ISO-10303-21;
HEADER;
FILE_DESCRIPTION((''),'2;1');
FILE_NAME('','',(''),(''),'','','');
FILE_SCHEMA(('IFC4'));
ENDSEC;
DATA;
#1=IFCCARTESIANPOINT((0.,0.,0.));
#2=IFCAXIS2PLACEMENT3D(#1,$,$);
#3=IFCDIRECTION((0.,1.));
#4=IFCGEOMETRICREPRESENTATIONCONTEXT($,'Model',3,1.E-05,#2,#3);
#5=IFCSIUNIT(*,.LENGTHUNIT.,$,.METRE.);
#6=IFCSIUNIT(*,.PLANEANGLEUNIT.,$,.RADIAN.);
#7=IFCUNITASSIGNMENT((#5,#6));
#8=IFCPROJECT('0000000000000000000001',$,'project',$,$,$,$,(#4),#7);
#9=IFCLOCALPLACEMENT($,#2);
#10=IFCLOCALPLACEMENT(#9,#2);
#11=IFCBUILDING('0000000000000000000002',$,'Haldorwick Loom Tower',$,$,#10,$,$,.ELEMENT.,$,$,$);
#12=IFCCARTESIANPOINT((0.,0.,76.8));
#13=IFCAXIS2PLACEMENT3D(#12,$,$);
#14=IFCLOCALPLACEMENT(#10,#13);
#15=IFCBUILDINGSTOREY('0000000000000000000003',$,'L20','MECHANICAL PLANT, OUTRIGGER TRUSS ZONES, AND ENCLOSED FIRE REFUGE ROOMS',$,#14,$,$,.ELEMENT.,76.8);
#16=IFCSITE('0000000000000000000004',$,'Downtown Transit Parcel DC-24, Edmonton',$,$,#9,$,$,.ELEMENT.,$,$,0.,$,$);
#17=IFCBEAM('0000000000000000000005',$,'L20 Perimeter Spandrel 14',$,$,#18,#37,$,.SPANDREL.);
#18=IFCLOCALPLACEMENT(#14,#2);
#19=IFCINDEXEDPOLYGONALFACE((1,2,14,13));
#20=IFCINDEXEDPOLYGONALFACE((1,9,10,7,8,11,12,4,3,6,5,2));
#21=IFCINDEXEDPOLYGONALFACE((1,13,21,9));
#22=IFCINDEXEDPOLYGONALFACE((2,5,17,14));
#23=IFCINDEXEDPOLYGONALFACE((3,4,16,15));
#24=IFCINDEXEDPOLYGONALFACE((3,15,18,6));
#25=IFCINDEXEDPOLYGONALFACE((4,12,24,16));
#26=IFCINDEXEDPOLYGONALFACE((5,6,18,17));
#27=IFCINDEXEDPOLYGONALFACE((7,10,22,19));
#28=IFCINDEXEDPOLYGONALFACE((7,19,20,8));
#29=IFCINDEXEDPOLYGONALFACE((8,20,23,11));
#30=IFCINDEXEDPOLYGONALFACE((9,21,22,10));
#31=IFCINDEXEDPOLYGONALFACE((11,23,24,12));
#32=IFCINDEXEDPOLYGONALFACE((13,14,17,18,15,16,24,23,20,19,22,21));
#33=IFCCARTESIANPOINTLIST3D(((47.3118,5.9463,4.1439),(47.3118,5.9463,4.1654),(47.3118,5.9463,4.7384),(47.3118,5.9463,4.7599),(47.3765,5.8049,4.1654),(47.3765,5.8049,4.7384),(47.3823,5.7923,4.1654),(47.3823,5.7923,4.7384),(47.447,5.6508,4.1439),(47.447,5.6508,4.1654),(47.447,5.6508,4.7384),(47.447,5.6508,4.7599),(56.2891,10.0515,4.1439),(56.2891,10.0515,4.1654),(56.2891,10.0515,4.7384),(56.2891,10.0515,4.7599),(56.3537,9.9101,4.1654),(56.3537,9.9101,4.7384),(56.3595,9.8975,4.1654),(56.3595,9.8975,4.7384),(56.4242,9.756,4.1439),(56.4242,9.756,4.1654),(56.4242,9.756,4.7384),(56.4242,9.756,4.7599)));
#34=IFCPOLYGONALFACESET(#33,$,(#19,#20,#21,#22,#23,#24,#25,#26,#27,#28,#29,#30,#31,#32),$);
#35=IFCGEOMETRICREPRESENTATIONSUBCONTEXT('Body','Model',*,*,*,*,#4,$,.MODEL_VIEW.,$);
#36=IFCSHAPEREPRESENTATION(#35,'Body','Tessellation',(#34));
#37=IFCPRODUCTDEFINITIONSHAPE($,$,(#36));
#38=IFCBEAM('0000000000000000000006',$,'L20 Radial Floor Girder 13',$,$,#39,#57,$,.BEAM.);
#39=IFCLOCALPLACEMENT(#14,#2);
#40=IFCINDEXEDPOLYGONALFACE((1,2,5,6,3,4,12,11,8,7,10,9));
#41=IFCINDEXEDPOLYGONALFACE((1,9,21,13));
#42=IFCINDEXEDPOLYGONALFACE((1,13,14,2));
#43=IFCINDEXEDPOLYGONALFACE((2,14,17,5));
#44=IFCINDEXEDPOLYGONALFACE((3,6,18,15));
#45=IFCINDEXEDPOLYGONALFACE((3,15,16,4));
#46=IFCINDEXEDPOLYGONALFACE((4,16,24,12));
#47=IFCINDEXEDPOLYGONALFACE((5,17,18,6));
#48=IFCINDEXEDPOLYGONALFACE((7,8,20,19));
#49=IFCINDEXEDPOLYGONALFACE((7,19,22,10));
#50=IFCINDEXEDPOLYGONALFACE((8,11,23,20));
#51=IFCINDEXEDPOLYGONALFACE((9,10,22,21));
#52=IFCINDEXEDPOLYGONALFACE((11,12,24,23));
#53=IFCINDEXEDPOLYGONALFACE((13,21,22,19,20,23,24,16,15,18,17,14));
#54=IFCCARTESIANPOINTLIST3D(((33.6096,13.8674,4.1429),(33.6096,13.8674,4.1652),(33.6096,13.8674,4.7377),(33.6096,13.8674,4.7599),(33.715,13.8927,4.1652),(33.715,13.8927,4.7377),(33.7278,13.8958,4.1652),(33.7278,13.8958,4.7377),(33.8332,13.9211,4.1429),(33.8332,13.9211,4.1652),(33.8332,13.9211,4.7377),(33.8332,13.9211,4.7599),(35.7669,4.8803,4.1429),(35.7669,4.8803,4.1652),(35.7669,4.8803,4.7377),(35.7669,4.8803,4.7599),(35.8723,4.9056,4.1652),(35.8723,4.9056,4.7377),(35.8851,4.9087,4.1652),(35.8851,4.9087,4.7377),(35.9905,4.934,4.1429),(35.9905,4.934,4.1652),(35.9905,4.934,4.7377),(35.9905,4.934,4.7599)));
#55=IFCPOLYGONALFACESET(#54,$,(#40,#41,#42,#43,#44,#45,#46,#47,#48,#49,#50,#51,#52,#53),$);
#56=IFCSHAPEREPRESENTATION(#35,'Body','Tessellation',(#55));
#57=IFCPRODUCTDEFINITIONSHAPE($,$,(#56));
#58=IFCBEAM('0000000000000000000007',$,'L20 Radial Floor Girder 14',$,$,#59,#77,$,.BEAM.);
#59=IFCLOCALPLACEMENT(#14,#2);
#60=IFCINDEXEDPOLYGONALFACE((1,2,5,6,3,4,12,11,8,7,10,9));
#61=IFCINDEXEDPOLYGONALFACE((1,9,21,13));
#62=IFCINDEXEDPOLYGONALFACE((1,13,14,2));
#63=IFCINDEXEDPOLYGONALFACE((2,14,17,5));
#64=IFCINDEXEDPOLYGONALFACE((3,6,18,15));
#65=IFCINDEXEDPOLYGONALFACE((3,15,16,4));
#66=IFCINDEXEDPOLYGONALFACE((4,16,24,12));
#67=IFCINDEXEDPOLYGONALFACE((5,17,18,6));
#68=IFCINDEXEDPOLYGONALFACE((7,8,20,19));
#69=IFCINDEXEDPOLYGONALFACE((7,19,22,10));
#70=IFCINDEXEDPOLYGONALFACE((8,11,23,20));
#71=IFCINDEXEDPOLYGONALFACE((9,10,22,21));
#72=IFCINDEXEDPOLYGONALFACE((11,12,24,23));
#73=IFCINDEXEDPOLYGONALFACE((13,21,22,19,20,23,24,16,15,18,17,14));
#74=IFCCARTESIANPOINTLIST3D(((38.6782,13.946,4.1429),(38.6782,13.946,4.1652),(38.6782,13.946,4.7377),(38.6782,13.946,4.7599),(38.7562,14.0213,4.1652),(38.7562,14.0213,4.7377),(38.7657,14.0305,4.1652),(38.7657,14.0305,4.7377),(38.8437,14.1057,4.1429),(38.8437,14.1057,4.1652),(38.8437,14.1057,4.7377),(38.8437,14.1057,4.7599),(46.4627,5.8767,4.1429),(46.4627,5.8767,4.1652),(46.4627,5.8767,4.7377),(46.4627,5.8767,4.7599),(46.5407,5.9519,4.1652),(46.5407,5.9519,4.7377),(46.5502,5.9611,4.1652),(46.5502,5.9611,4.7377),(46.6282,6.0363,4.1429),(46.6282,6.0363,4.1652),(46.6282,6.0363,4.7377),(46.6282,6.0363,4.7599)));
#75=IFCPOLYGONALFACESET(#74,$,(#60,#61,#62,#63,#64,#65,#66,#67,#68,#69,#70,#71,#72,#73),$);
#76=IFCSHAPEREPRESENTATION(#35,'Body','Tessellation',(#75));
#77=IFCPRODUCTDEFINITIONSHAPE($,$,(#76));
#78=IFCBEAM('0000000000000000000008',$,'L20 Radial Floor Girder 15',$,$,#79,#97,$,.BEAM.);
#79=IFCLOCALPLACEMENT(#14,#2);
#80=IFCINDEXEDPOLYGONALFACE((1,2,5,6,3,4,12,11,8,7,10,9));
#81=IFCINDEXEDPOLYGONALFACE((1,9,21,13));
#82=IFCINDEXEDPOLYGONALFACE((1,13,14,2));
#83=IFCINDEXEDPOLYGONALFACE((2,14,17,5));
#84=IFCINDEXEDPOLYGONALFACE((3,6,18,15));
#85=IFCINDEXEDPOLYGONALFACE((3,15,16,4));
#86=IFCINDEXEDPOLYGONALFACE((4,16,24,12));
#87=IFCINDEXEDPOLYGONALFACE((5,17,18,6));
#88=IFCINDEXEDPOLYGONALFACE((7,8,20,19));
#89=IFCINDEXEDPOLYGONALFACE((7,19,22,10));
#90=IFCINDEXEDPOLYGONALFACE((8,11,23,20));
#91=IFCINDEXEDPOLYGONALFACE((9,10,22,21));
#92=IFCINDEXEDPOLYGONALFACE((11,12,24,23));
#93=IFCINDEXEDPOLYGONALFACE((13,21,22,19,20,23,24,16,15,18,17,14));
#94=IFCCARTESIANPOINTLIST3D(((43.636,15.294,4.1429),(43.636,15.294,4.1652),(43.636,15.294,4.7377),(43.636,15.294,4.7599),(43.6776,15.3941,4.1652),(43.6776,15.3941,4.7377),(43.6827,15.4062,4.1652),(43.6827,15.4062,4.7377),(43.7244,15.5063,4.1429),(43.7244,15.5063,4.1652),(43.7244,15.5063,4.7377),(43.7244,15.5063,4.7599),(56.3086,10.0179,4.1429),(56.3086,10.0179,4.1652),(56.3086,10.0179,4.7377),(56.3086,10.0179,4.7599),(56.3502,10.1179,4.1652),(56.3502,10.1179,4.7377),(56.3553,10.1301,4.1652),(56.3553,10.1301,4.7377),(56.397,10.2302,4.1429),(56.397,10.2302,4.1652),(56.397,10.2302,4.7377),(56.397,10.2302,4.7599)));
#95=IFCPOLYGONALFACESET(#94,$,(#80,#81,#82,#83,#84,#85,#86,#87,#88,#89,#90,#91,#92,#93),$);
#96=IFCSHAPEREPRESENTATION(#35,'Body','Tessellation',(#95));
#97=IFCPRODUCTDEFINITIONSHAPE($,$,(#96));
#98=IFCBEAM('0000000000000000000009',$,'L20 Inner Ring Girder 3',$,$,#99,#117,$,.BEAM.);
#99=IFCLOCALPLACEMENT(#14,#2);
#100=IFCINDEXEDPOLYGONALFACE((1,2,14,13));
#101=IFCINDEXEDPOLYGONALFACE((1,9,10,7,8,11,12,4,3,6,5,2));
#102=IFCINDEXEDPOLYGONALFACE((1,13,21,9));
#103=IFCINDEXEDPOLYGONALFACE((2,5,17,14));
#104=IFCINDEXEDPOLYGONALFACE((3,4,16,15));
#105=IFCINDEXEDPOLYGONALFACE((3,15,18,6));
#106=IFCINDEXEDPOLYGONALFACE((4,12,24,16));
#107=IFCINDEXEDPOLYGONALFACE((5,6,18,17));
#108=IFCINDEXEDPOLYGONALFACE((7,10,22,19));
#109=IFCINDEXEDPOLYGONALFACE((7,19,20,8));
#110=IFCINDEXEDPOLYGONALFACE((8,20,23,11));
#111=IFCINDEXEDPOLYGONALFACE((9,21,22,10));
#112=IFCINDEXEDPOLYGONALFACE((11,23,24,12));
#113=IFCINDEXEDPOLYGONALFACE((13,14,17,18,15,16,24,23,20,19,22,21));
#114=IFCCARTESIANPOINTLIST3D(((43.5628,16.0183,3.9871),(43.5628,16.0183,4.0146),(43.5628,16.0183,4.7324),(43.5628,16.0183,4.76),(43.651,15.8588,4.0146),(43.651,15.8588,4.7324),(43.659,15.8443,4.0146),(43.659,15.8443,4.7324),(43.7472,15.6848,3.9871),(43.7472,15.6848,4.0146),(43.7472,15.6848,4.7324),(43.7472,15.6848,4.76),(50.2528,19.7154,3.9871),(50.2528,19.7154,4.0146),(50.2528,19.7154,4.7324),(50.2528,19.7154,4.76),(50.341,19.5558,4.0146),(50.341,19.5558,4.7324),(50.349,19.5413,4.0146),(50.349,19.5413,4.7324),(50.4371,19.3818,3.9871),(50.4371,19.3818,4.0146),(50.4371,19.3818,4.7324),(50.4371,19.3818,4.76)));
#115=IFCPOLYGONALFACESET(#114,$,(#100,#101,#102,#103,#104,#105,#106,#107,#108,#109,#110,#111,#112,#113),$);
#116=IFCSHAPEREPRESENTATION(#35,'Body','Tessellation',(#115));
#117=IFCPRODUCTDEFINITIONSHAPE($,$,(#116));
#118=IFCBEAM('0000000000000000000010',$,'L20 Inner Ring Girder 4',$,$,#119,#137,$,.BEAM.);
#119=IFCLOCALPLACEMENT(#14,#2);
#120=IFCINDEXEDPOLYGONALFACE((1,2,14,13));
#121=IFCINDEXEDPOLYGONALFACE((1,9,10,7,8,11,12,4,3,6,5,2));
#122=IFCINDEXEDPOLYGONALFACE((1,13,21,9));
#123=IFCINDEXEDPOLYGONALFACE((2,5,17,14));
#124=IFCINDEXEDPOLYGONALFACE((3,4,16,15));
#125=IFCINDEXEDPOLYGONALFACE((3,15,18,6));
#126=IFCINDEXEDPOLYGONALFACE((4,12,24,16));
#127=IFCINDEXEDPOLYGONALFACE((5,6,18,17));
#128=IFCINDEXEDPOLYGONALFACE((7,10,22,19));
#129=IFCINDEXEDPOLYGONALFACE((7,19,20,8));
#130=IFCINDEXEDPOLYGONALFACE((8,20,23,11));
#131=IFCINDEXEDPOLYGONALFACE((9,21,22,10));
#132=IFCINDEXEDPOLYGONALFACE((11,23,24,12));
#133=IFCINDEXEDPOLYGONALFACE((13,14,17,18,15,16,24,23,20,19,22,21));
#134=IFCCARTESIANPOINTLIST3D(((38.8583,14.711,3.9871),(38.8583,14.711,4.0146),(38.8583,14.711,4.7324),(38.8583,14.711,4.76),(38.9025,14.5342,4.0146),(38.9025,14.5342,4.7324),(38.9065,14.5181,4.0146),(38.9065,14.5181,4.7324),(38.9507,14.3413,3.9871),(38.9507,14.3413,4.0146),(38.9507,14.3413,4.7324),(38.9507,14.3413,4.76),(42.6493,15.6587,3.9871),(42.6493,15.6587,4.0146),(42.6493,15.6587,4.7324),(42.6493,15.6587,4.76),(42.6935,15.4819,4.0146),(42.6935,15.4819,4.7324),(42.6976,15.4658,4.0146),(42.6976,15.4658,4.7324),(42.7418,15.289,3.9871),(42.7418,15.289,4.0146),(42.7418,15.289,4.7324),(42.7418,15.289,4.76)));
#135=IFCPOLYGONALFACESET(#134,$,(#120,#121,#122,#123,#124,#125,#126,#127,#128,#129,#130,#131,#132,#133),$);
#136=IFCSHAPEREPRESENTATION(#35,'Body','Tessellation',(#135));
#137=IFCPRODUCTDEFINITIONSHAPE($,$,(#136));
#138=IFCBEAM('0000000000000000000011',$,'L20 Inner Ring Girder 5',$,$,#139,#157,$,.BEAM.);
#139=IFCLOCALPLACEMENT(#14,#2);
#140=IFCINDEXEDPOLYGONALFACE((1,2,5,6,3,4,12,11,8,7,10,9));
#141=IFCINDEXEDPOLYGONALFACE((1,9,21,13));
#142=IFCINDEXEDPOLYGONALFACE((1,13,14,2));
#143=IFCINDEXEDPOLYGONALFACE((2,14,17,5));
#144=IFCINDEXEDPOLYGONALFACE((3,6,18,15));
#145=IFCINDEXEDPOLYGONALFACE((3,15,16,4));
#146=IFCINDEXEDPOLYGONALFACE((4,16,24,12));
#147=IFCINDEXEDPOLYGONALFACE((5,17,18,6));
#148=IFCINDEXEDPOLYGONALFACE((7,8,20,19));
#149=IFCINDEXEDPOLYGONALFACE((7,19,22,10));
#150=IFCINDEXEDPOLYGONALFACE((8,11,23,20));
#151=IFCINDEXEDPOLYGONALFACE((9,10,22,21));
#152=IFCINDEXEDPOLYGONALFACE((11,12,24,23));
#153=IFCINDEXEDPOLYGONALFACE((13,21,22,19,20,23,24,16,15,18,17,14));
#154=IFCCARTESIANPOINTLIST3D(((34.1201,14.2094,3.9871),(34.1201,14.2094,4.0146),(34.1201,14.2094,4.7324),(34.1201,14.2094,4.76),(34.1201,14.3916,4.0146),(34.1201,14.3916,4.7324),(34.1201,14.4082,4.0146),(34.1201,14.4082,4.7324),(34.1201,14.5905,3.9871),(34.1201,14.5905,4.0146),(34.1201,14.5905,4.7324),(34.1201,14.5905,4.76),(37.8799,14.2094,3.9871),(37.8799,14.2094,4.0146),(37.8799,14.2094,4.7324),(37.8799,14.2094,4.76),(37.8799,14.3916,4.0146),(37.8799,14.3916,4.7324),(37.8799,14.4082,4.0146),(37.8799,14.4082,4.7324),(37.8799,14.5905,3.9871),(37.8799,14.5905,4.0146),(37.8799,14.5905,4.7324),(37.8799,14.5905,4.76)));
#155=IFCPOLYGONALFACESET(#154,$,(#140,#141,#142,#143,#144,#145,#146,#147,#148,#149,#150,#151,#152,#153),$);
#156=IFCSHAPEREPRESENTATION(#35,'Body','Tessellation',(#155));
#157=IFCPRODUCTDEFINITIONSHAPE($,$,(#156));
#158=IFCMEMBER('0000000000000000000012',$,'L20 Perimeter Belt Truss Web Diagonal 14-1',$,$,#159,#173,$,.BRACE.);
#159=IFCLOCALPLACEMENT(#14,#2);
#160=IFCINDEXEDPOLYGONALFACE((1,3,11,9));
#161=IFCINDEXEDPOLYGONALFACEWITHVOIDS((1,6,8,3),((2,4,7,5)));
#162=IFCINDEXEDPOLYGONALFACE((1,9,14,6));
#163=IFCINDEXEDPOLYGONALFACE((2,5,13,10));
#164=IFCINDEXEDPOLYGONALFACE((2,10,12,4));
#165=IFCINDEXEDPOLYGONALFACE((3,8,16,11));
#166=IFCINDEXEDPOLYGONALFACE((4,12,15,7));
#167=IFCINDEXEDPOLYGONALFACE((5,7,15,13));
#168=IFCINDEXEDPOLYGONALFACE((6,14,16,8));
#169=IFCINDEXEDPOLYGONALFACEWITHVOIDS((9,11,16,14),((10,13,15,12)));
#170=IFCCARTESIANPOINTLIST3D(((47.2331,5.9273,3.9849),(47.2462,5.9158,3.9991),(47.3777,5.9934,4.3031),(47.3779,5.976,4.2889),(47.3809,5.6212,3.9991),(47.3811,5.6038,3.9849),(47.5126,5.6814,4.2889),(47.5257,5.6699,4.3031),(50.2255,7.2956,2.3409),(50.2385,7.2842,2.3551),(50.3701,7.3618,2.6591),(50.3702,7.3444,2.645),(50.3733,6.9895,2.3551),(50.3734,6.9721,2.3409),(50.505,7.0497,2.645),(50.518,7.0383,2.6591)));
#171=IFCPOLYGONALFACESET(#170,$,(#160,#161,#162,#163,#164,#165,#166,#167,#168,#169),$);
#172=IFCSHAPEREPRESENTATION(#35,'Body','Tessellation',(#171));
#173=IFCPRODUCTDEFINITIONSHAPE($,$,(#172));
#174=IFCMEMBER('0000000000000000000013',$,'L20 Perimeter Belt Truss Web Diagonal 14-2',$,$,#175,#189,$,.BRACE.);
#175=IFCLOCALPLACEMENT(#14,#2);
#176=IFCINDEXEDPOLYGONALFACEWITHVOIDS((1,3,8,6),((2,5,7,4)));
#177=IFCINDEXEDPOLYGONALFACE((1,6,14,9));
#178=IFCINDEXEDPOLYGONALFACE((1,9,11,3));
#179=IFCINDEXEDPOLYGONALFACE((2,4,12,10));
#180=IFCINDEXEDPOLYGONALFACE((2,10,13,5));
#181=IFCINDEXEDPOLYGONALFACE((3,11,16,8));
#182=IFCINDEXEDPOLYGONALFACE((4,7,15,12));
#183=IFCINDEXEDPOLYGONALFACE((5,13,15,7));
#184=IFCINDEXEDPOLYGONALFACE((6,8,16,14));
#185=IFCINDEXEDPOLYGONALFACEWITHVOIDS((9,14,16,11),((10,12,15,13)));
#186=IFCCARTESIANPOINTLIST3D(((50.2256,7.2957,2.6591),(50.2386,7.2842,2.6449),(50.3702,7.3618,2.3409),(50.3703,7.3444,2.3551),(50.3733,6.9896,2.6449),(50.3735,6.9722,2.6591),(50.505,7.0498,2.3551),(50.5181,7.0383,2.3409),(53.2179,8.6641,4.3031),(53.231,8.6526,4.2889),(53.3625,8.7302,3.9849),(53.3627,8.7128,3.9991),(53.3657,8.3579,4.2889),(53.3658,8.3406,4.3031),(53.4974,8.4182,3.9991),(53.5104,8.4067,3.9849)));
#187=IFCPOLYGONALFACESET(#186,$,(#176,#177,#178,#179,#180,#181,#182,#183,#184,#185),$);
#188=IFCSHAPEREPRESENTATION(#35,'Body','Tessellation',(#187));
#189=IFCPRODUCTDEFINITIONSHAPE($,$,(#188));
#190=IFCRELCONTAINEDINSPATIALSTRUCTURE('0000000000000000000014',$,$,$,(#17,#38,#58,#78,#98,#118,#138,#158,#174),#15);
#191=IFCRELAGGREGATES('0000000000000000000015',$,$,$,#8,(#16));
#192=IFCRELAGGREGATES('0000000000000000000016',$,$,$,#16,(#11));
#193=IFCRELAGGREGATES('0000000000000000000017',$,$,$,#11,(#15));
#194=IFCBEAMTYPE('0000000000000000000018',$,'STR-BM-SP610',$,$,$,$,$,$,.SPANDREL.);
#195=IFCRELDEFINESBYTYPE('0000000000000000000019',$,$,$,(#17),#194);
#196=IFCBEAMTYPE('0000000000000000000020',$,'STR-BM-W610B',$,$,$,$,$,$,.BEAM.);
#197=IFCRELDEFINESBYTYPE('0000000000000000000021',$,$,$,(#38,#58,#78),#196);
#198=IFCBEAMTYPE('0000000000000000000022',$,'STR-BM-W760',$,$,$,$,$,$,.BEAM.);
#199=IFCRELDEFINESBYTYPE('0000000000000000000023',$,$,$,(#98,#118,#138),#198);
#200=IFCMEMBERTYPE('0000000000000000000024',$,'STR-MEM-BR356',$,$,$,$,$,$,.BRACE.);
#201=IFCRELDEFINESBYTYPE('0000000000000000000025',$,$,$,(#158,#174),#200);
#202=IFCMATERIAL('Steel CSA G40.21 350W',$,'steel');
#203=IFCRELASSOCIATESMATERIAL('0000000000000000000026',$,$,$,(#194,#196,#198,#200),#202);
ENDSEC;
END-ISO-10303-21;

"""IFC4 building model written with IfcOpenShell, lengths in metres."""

from ifc_helpers import new_model, si_unit, direction, frame, origin, origin_2d, place, context, subcontext, project, spatial, hollow_rectangle, i_section, extrude, material, material_profile, profile_set, type_object, element, save


model = new_model("IFC4")

# Units and contexts
model_context = context("Model", 3, precision=1e-05, world=origin(), true_north=direction((0.0, 1.0)))
body_context = subcontext(model_context, "Body", "Model", "MODEL_VIEW")
ifc_project = project(units=[si_unit("LENGTHUNIT", "METRE"), si_unit("PLANEANGLEUNIT", "RADIAN")], contexts=[model_context])

# Site, building, storey
site_placement = place(None, origin())
site = spatial("IfcSite", under=ifc_project, at=site_placement, Name="Downtown Transit Parcel DC-24, Edmonton", CompositionType="ELEMENT", RefElevation=0.0)
building_placement = place(site_placement, origin())
building = spatial("IfcBuilding", under=site, at=building_placement, Name="Haldorwick Loom Tower", CompositionType="ELEMENT")
storey_placement = place(building_placement, frame((0.0, 0.0, 76.8)))
storey = spatial("IfcBuildingStorey", under=building, at=storey_placement, Name="L20", Description="MECHANICAL PLANT, OUTRIGGER TRUSS ZONES, AND ENCLOSED FIRE REFUGE ROOMS", CompositionType="ELEMENT", Elevation=76.8)

# Beams
ifc_material_1 = material(Name="Steel CSA G40.21 350W", Category="steel")
ifc_material_profile_1 = material_profile(ifc_material_1, i_section(OverallWidth=0.325, OverallDepth=0.616, WebThickness=0.0139, FlangeThickness=0.0215, at=origin_2d()), Name="W610X174", Category="steel")
ifc_profile_set_1 = profile_set([ifc_material_profile_1], Name="Steel CSA G40.21 350W")
beam_type_1 = type_object("IfcBeamType", Name="STR-BM-SP610", PredefinedType="SPANDREL", material=ifc_profile_set_1)
beam_1_placement = place(storey_placement, frame((47.3794, 5.7986, 4.4519), z_axis=(0.909424, 0.41587, 0.0), x_axis=(-0.41587, 0.909424, 0.0)))
element("IfcBeam", 1, at=beam_1_placement, inside=storey, type_object=beam_type_1, Name="L20 Perimeter Spandrel 14", PredefinedType="SPANDREL", context=body_context, shape_type="SweptSolid", body=[
    extrude(i_section(OverallWidth=0.325, OverallDepth=0.616, WebThickness=0.0139, FlangeThickness=0.0215, at=origin_2d()), origin(), (0.0, 0.0, 1.0), 9.8713),
])
ifc_material_profile_2 = material_profile(ifc_material_1, i_section(OverallWidth=0.23, OverallDepth=0.6169, WebThickness=0.0132, FlangeThickness=0.0222, at=origin_2d()), Name="W610X140", Category="steel")
ifc_profile_set_2 = profile_set([ifc_material_profile_2], Name="Steel CSA G40.21 350W")
beam_type_2 = type_object("IfcBeamType", Name="STR-BM-W610B", PredefinedType="BEAM", material=ifc_profile_set_2)
beam_2_placement = place(storey_placement, frame((33.7214, 13.8943, 4.4514), z_axis=(0.233407, -0.972379, 0.0), x_axis=(0.972379, 0.233407, 0.0)))
element("IfcBeam", 2, at=beam_2_placement, inside=storey, type_object=beam_type_2, Name="L20 Radial Floor Girder 13", PredefinedType="BEAM", context=body_context, shape_type="SweptSolid", body=[
    extrude(i_section(OverallWidth=0.23, OverallDepth=0.6169, WebThickness=0.0132, FlangeThickness=0.0222, at=origin_2d()), origin(), (0.0, 0.0, 1.0), 9.2424),
])
beam_3_placement = place(storey_placement, frame((38.761, 14.0259, 4.4514), z_axis=(0.694287, -0.719698, 0.0), x_axis=(0.719698, 0.694287, 0.0)))
element("IfcBeam", 3, at=beam_3_placement, inside=storey, type_object=beam_type_2, Name="L20 Radial Floor Girder 14", PredefinedType="BEAM", context=body_context, shape_type="SweptSolid", body=[
    extrude(i_section(OverallWidth=0.23, OverallDepth=0.6169, WebThickness=0.0132, FlangeThickness=0.0222, at=origin_2d()), origin(), (0.0, 0.0, 1.0), 11.2122),
])
beam_4_placement = place(storey_placement, frame((43.6802, 15.4001, 4.4514), z_axis=(0.923184, -0.384359, 0.0), x_axis=(0.384359, 0.923184, 0.0)))
element("IfcBeam", 4, at=beam_4_placement, inside=storey, type_object=beam_type_2, Name="L20 Radial Floor Girder 15", PredefinedType="BEAM", context=body_context, shape_type="SweptSolid", body=[
    extrude(i_section(OverallWidth=0.23, OverallDepth=0.6169, WebThickness=0.0132, FlangeThickness=0.0222, at=origin_2d()), origin(), (0.0, 0.0, 1.0), 13.7271),
])
ifc_material_profile_3 = material_profile(ifc_material_1, i_section(OverallWidth=0.3811, OverallDepth=0.7729, WebThickness=0.0166, FlangeThickness=0.0276, at=origin_2d()), Name="W760X257", Category="steel")
ifc_profile_set_3 = profile_set([ifc_material_profile_3], Name="Steel CSA G40.21 350W")
beam_type_3 = type_object("IfcBeamType", Name="STR-BM-W760", PredefinedType="BEAM", material=ifc_profile_set_3)
beam_5_placement = place(storey_placement, frame((50.345, 19.5486, 4.3735), z_axis=(-0.875244, -0.483681, 0.0), x_axis=(0.483681, -0.875244, 0.0)))
element("IfcBeam", 5, at=beam_5_placement, inside=storey, type_object=beam_type_3, Name="L20 Inner Ring Girder 3", PredefinedType="BEAM", context=body_context, shape_type="SweptSolid", body=[
    extrude(i_section(OverallWidth=0.3811, OverallDepth=0.7729, WebThickness=0.0166, FlangeThickness=0.0276, at=origin_2d()), origin(), (0.0, 0.0, 1.0), 7.6436),
])
beam_6_placement = place(storey_placement, frame((42.6956, 15.4739, 4.3735), z_axis=(-0.970143, -0.242536, 0.0), x_axis=(0.242536, -0.970143, 0.0)))
element("IfcBeam", 6, at=beam_6_placement, inside=storey, type_object=beam_type_3, Name="L20 Inner Ring Girder 4", PredefinedType="BEAM", context=body_context, shape_type="SweptSolid", body=[
    extrude(i_section(OverallWidth=0.3811, OverallDepth=0.7729, WebThickness=0.0166, FlangeThickness=0.0276, at=origin_2d()), origin(), (0.0, 0.0, 1.0), 3.9077),
])
beam_7_placement = place(storey_placement, frame((37.8799, 14.3999, 4.3735), z_axis=(-1.0, 0.0, 0.0), x_axis=(0.0, -1.0, 0.0)))
element("IfcBeam", 7, at=beam_7_placement, inside=storey, type_object=beam_type_3, Name="L20 Inner Ring Girder 5", PredefinedType="BEAM", context=body_context, shape_type="SweptSolid", body=[
    extrude(i_section(OverallWidth=0.3811, OverallDepth=0.7729, WebThickness=0.0166, FlangeThickness=0.0276, at=origin_2d()), origin(), (0.0, 0.0, 1.0), 3.7598),
])

# Members
ifc_material_profile_4 = material_profile(ifc_material_1, hollow_rectangle(XDim=0.3557, YDim=0.3557, WallThickness=0.0159, at=origin_2d()), Name="HSS356X356X16", Category="steel")
ifc_profile_set_4 = profile_set([ifc_material_profile_4], Name="Steel CSA G40.21 350W")
member_type_1 = type_object("IfcMemberType", Name="STR-MEM-BR356", PredefinedType="BRACE", material=ifc_profile_set_4)
for number, where, z_axis, x_axis, name in (
    (8, (47.3794, 5.7986, 4.144), (0.813531, 0.37202, -0.446954), (-0.41587, 0.909424, 0.0), "L20 Perimeter Belt Truss Web Diagonal 14-1"),
    (9, (50.3718, 7.167, 2.5), (0.813531, 0.37202, 0.446954), (-0.41587, 0.909424, 0.0), "L20 Perimeter Belt Truss Web Diagonal 14-2"),
):
    element("IfcMember", number, at=place(storey_placement, frame(where, z_axis=z_axis, x_axis=x_axis)), inside=storey, type_object=member_type_1, Name=name, PredefinedType="BRACE", context=body_context, shape_type="SweptSolid", body=[
        extrude(hollow_rectangle(XDim=0.3557, YDim=0.3557, WallThickness=0.0159, at=origin_2d()), origin(), (0.0, 0.0, 1.0), 3.6782),
    ])

save(model, "model.ifc")
